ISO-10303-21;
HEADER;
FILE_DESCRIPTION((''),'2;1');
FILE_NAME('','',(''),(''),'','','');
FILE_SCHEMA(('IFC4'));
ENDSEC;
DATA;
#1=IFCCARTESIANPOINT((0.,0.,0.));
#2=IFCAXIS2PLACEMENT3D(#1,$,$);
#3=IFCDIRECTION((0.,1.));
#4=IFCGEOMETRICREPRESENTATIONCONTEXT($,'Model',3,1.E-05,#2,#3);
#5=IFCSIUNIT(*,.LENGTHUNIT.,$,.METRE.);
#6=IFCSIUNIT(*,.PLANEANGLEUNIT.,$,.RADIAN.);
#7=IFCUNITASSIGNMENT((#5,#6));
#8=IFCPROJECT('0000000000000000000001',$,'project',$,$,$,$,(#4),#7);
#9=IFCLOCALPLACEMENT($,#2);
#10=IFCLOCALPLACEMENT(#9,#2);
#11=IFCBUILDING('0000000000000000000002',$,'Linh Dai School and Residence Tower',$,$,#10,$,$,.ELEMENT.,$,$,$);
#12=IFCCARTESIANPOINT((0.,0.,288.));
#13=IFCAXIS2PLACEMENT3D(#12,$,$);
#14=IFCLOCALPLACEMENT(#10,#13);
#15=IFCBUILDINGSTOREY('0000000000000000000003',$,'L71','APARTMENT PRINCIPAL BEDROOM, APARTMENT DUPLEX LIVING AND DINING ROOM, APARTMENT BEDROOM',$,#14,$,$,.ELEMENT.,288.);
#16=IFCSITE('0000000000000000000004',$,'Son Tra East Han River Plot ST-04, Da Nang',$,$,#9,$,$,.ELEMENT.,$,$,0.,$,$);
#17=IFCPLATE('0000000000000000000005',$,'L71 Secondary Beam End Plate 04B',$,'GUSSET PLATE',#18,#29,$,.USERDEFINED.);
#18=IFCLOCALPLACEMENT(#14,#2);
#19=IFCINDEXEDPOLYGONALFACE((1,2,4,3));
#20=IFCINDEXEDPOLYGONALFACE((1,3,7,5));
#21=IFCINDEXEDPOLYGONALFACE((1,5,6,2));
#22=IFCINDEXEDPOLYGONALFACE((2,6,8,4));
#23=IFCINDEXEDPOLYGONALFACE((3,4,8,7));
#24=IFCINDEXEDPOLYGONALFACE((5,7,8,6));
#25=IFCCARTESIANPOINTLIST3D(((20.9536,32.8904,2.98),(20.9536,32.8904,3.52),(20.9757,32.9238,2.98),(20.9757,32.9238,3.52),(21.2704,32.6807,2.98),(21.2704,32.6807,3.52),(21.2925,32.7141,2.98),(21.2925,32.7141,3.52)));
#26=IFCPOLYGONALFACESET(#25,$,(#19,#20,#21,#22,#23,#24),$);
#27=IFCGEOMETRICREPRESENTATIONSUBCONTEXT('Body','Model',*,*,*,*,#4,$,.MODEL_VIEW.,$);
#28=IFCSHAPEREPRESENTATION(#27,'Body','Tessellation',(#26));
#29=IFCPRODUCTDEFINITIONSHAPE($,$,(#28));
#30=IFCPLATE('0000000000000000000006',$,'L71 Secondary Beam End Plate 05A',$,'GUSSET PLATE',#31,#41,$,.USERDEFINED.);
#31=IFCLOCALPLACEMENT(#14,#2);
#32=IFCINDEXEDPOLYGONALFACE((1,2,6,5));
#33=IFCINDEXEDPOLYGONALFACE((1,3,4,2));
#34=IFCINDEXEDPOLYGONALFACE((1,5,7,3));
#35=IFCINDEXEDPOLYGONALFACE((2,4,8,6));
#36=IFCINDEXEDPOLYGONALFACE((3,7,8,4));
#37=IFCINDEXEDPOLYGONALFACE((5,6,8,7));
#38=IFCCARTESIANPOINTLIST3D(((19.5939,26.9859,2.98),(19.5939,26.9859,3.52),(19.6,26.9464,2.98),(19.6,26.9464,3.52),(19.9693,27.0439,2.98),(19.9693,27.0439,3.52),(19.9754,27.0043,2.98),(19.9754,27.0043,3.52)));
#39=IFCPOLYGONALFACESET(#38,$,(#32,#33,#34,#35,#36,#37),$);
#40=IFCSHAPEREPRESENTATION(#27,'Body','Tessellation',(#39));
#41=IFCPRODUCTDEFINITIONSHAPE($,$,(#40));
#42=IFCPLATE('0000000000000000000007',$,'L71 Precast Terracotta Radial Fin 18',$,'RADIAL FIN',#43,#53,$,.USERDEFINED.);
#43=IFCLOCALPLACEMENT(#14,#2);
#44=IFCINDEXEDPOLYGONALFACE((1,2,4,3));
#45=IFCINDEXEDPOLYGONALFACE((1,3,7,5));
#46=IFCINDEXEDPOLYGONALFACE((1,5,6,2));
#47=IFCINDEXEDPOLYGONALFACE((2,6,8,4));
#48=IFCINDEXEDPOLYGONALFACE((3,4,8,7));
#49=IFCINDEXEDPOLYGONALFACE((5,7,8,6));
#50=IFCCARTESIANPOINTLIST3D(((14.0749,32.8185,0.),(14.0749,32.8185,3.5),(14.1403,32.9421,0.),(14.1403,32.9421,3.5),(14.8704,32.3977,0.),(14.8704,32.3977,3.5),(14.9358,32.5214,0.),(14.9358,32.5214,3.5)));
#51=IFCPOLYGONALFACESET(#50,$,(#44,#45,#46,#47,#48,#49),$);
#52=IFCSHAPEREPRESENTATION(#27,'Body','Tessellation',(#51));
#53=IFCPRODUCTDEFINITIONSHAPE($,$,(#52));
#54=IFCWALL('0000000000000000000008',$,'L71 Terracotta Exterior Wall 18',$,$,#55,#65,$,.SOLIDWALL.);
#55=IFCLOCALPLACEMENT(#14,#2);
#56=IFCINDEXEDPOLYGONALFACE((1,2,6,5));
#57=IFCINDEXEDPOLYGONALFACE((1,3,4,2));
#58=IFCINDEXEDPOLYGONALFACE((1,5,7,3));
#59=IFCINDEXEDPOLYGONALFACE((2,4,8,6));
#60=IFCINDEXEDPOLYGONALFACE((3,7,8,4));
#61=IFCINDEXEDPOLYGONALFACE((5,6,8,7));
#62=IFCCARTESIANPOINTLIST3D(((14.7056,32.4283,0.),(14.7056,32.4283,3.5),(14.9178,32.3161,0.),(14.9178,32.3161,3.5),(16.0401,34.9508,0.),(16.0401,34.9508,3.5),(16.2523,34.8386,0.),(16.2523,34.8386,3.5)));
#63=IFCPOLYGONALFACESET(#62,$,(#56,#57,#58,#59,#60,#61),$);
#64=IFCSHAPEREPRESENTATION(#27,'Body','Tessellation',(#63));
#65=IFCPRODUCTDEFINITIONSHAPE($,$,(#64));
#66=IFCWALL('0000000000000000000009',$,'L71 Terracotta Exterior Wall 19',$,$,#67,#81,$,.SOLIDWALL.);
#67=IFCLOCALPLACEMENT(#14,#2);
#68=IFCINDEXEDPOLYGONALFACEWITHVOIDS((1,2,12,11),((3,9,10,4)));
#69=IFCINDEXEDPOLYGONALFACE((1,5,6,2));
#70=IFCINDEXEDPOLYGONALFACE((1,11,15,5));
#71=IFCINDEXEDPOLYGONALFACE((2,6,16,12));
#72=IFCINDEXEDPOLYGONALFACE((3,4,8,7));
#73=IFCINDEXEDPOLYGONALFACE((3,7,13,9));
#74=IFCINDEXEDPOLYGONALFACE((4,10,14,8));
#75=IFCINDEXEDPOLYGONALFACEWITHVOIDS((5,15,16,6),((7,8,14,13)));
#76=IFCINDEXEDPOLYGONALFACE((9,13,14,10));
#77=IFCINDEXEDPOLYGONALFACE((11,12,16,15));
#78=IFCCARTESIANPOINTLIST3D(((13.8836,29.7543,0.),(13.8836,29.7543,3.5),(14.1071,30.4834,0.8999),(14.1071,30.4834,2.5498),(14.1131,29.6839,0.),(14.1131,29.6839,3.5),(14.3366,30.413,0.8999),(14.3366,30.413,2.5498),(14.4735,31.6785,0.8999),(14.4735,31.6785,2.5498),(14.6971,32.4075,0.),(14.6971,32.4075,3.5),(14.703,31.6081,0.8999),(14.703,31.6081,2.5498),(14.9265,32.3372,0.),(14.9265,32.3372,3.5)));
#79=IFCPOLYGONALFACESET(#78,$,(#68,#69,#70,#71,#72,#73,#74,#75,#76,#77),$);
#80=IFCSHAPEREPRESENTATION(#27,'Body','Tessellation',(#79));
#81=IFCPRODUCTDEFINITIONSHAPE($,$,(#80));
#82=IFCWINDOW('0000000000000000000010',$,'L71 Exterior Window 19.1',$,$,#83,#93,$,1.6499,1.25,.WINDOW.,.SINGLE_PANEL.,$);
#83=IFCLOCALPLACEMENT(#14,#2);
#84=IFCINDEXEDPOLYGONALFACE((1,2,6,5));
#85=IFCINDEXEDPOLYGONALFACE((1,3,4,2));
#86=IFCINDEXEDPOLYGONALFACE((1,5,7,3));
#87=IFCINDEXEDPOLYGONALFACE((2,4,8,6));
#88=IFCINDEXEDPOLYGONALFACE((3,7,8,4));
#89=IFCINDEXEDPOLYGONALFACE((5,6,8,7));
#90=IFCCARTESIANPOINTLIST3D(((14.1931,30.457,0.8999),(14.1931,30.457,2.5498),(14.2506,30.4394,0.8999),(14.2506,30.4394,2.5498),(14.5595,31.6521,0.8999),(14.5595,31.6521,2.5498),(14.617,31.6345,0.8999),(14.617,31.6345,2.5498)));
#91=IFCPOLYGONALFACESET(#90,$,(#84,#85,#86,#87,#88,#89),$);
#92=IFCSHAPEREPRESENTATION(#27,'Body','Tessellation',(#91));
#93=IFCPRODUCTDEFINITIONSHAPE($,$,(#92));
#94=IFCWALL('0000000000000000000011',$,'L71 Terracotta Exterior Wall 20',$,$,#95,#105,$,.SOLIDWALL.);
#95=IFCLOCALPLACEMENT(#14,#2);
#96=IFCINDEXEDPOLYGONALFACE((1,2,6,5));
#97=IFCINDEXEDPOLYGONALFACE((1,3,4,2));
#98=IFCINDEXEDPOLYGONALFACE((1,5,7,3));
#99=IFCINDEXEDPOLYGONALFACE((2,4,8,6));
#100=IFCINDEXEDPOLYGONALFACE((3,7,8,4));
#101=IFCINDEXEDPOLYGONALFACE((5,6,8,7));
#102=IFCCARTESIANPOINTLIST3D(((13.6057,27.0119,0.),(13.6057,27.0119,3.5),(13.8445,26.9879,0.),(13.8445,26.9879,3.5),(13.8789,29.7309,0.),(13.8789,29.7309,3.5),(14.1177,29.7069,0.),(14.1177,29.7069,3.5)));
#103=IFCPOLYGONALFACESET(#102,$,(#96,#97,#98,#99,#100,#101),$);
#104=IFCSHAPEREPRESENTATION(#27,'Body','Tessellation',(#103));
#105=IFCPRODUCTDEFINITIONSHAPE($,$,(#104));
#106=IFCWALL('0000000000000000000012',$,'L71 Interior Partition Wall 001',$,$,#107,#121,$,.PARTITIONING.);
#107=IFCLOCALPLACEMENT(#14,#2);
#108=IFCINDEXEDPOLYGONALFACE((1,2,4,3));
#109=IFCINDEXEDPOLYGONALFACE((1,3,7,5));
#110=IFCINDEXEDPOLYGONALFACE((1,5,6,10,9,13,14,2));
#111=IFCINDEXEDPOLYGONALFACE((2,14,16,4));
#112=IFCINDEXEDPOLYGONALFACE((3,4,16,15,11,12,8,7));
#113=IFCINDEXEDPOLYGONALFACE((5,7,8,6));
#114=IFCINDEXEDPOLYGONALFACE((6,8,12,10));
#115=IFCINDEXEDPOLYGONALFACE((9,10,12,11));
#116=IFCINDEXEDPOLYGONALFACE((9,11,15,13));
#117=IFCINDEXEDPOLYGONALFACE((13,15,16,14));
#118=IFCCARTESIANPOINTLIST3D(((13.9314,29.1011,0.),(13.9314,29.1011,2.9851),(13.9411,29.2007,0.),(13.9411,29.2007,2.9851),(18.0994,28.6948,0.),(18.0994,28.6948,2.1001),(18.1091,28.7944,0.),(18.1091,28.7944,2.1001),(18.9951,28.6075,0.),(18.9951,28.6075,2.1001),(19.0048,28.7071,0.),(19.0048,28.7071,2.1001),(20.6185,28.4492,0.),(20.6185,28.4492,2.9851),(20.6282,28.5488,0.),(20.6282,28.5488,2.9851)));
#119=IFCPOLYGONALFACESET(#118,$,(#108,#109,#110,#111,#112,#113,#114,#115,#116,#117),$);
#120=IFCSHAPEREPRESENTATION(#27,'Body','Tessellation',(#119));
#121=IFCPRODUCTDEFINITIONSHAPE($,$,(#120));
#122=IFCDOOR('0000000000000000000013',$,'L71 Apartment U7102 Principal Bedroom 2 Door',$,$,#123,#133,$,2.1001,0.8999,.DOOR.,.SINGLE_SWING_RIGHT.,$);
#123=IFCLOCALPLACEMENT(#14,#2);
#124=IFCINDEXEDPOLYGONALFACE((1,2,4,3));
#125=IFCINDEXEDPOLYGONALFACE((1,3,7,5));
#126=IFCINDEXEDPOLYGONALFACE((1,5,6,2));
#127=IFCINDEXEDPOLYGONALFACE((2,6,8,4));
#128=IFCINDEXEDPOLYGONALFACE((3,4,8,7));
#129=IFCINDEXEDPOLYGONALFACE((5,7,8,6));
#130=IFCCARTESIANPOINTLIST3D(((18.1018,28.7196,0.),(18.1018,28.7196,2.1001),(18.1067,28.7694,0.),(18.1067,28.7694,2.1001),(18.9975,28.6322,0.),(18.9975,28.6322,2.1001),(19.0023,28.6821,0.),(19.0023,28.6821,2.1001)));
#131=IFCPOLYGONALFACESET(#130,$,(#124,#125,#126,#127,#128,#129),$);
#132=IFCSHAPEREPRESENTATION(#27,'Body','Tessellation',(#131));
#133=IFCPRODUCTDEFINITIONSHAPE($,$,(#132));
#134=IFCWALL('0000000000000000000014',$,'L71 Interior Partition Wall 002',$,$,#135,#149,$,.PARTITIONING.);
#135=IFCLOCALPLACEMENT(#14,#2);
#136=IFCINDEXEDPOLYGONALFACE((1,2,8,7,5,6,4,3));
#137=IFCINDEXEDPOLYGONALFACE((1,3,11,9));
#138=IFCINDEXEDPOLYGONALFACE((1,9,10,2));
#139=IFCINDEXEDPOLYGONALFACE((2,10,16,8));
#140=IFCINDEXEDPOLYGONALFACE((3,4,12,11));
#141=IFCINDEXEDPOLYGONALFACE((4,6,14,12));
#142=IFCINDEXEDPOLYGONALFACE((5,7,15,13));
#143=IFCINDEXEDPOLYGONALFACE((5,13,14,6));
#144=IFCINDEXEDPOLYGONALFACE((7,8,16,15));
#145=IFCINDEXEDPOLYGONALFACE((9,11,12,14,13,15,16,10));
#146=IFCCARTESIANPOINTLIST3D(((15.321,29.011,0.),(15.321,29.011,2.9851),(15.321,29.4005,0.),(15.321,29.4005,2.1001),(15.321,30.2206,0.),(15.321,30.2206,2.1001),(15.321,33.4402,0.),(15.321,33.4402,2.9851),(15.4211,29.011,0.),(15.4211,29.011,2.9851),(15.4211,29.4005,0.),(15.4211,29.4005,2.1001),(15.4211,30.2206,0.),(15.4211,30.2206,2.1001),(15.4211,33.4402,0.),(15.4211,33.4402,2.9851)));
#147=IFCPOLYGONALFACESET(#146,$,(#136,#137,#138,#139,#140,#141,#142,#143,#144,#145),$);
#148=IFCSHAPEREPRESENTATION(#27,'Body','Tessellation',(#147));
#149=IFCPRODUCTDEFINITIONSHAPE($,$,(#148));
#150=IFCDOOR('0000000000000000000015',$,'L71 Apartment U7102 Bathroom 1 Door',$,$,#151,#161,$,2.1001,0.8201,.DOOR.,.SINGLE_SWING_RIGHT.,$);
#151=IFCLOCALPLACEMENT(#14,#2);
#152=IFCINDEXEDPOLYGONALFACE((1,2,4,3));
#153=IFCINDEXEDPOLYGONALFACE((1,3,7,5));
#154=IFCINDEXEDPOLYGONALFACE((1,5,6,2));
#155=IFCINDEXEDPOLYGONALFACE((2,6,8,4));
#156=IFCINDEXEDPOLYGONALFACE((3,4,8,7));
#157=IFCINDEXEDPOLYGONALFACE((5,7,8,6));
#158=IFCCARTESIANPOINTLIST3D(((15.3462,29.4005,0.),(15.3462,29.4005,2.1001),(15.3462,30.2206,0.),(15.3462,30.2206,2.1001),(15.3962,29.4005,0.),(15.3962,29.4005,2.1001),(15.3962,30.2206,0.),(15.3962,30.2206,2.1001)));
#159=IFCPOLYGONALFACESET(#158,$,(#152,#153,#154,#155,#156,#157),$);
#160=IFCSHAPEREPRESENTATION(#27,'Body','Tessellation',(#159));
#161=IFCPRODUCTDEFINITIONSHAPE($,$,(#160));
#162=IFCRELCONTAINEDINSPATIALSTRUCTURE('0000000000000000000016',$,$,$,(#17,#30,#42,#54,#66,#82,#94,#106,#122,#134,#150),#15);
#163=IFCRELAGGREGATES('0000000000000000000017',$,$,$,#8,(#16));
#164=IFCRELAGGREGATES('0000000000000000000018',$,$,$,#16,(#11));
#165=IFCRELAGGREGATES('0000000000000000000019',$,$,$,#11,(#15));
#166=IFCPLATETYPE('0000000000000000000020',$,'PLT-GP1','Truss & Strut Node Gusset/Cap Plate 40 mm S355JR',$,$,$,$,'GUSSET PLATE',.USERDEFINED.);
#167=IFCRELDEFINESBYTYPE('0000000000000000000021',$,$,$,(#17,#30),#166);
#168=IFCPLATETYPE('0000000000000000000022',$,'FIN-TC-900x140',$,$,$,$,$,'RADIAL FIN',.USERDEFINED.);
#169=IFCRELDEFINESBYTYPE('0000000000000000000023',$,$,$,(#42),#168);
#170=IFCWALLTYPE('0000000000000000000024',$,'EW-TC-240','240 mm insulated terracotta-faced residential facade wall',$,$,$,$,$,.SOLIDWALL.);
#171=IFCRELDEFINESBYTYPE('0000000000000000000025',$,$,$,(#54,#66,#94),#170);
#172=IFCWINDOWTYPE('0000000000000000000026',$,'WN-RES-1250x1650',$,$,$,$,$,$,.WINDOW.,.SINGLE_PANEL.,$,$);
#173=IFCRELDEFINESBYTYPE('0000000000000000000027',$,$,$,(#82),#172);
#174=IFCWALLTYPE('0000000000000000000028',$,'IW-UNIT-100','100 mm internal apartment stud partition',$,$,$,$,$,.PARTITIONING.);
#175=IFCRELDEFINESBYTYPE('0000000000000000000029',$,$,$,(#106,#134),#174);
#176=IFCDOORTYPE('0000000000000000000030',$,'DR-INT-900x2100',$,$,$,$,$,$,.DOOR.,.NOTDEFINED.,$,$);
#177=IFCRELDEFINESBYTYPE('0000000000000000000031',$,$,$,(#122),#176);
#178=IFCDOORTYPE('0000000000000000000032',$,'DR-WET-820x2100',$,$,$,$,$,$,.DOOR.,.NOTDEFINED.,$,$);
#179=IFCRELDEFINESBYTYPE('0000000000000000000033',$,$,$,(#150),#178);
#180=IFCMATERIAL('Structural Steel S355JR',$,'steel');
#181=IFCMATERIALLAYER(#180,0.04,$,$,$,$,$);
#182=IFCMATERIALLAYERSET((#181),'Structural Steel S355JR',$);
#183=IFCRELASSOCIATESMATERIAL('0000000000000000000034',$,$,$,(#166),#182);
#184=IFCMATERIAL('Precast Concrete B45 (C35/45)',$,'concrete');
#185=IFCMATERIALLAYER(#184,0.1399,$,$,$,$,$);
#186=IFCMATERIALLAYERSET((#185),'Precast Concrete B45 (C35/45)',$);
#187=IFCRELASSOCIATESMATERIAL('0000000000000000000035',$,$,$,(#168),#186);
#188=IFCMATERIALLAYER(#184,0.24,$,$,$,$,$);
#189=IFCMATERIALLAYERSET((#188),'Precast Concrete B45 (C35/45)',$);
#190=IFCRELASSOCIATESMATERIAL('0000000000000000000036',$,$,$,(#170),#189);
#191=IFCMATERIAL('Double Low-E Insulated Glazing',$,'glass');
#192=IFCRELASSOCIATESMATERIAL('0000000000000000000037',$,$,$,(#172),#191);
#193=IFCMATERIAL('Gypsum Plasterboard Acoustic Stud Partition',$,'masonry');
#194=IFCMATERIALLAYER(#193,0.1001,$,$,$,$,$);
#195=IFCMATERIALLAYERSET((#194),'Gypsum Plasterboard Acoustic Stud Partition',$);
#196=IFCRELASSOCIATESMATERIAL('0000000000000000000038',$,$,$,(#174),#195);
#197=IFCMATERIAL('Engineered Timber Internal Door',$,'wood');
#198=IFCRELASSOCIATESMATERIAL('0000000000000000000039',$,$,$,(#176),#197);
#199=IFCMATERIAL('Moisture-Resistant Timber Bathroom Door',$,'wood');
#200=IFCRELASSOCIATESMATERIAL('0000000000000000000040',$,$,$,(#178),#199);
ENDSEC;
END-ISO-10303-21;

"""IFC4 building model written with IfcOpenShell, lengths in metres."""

from ifc_helpers import new_model, si_unit, direction, frame, frame_2d, origin, origin_2d, place, context, subcontext, project, spatial, rectangle, extrude, source, transform, mapped, material, layer, layer_set, type_object, element, fill, save


model = new_model("IFC4")

# Units and contexts
model_context = context("Model", 3, precision=1e-05, world=origin(), true_north=direction((0.0, 1.0)))
body_context = subcontext(model_context, "Body", "Model", "MODEL_VIEW")
ifc_project = project(units=[si_unit("LENGTHUNIT", "METRE"), si_unit("PLANEANGLEUNIT", "RADIAN")], contexts=[model_context])

# Site, building, storey
site_placement = place(None, origin())
site = spatial("IfcSite", under=ifc_project, at=site_placement, Name="Son Tra East Han River Plot ST-04, Da Nang", CompositionType="ELEMENT", RefElevation=0.0)
building_placement = place(site_placement, origin())
building = spatial("IfcBuilding", under=site, at=building_placement, Name="Linh Dai School and Residence Tower", CompositionType="ELEMENT")
storey_placement = place(building_placement, frame((0.0, 0.0, 288.0)))
storey = spatial("IfcBuildingStorey", under=building, at=storey_placement, Name="L71", Description="APARTMENT PRINCIPAL BEDROOM, APARTMENT DUPLEX LIVING AND DINING ROOM, APARTMENT BEDROOM", CompositionType="ELEMENT", Elevation=288.0)

# Shared definitions
ifc_material_1 = material(Name="Structural Steel S355JR", Category="steel")

# Plates
ifc_layer_1 = layer(ifc_material_1, 0.04)
ifc_layer_set_1 = layer_set([ifc_layer_1], Name="Structural Steel S355JR")
plate_type_1 = type_object("IfcPlateType", Name="PLT-GP1", Description="Truss & Strut Node Gusset/Cap Plate 40 mm S355JR", ElementType="GUSSET PLATE", PredefinedType="USERDEFINED", material=ifc_layer_set_1)
shared_shape_1 = source(origin(), body_context, "Body", "SweptSolid", [
    extrude(rectangle(XDim=0.04, YDim=0.3799, at=origin_2d()), origin(), (0.0, 0.0, 1.0), 0.54),
])
for number, where, z_axis, x_axis, name in (
    (1, (21.123, 32.8022, 2.98), (0.0, 0.0, 1.0), (-0.552122, -0.833763, 0.0), "L71 Secondary Beam End Plate 04B"),
    (2, (19.7847, 26.9951, 2.98), (0.0, 0.0, 1.0), (0.152474, -0.988308, 0.0), "L71 Secondary Beam End Plate 05A"),
):
    element("IfcPlate", number, at=place(storey_placement, frame(where, z_axis=z_axis, x_axis=x_axis)), inside=storey, type_object=plate_type_1, Name=name, ObjectType="GUSSET PLATE", PredefinedType="USERDEFINED", context=body_context, shape_type="MappedRepresentation", body=[
        mapped(shared_shape_1, transform((0.0, 0.0, 0.0), x_axis=(1.0, 0.0, 0.0), y_axis=(0.0, 1.0, 0.0), z_axis=(0.0, 0.0, 1.0), scale=1.0)),
    ])
ifc_material_2 = material(Name="Precast Concrete B45 (C35/45)", Category="concrete")
ifc_layer_2 = layer(ifc_material_2, 0.1399)
ifc_layer_set_2 = layer_set([ifc_layer_2], Name="Precast Concrete B45 (C35/45)")
plate_type_2 = type_object("IfcPlateType", Name="FIN-TC-900x140", ElementType="RADIAL FIN", PredefinedType="USERDEFINED", material=ifc_layer_set_2)
shared_shape_2 = source(origin(), body_context, "Body", "SweptSolid", [
    extrude(rectangle(XDim=0.8999, YDim=0.1399, at=origin_2d()), origin(), (0.0, 0.0, 1.0), 3.5),
])
plate_placement = place(storey_placement, frame((14.5054, 32.6699, 0.0), z_axis=(0.0, 0.0, 1.0), x_axis=(-0.883938, 0.467604, 0.0)))
element("IfcPlate", 3, at=plate_placement, inside=storey, type_object=plate_type_2, Name="L71 Precast Terracotta Radial Fin 18", ObjectType="RADIAL FIN", PredefinedType="USERDEFINED", context=body_context, shape_type="MappedRepresentation", body=[
    mapped(shared_shape_2, transform((0.0, 0.0, 0.0), x_axis=(1.0, 0.0, 0.0), y_axis=(0.0, 1.0, 0.0), z_axis=(0.0, 0.0, 1.0), scale=1.0)),
])

# Wall
ifc_layer_3 = layer(ifc_material_2, 0.24)
ifc_layer_set_3 = layer_set([ifc_layer_3], Name="Precast Concrete B45 (C35/45)")
wall_type_1 = type_object("IfcWallType", Name="EW-TC-240", Description="240 mm insulated terracotta-faced residential facade wall", PredefinedType="SOLIDWALL", material=ifc_layer_set_3)
wall_1_placement = place(storey_placement, frame((14.8118, 32.3723, 0.0), z_axis=(0.0, 0.0, 1.0), x_axis=(0.467628, 0.883925, 0.0)))
element("IfcWall", 4, at=wall_1_placement, inside=storey, type_object=wall_type_1, Name="L71 Terracotta Exterior Wall 18", PredefinedType="SOLIDWALL", context=body_context, shape_type="SweptSolid", body=[
    extrude(rectangle(XDim=2.8538, YDim=0.24, at=frame_2d((1.4268, 0.0))), origin(), (0.0, 0.0, 1.0), 3.5),
])

# Wall, opening, window
wall_2_placement = place(storey_placement, frame((13.9983, 29.719, 0.0), z_axis=(0.0, 0.0, 1.0), x_axis=(0.293121, 0.956075, 0.0)))
wall_2 = element("IfcWall", 5, at=wall_2_placement, inside=storey, type_object=wall_type_1, Name="L71 Terracotta Exterior Wall 19", PredefinedType="SOLIDWALL", context=body_context, shape_type="SweptSolid", body=[
    extrude(rectangle(XDim=2.7751, YDim=0.24, at=frame_2d((1.3877, 0.0))), origin(), (0.0, 0.0, 1.0), 3.5),
])
opening_1_placement = place(wall_2_placement, frame((0.7627, 0.0, 0.8999)))
opening_1 = element("IfcOpeningElement", 6, at=opening_1_placement, cuts=wall_2, PredefinedType="OPENING", context=body_context, shape_type="SweptSolid", body=[
    extrude(rectangle(XDim=1.25, YDim=1.6499, at=origin_2d()), frame((0.625, 0.1299, 0.825), z_axis=(0.0, -1.0, 0.0), x_axis=(1.0, 0.0, 0.0)), (0.0, 0.0, 1.0), 0.26),
])
ifc_material_3 = material(Name="Double Low-E Insulated Glazing", Category="glass")
window_type = type_object("IfcWindowType", Name="WN-RES-1250x1650", PartitioningType="SINGLE_PANEL", PredefinedType="WINDOW", material=ifc_material_3)
shared_shape_3 = source(origin(), body_context, "Body", "SweptSolid", [
    extrude(rectangle(XDim=1.25, YDim=1.6499, at=origin_2d()), frame((0.625, 0.03, 0.825), z_axis=(0.0, -1.0, 0.0), x_axis=(1.0, 0.0, 0.0)), (0.0, 0.0, 1.0), 0.0601),
])
window_placement = place(opening_1_placement, origin())
window = element("IfcWindow", 7, at=window_placement, inside=storey, type_object=window_type, Name="L71 Exterior Window 19.1", OverallHeight=1.6499, OverallWidth=1.25, PartitioningType="SINGLE_PANEL", PredefinedType="WINDOW", context=body_context, shape_type="MappedRepresentation", body=[
    mapped(shared_shape_3, transform((0.0, 0.0, 0.0), x_axis=(1.0, 0.0, 0.0), y_axis=(0.0, 1.0, 0.0), z_axis=(0.0, 0.0, 1.0), scale=1.0)),
])
fill(opening_1, window)

# Wall
wall_3_placement = place(storey_placement, frame((13.7251, 27.0, 0.0), z_axis=(0.0, 0.0, 1.0), x_axis=(0.099973, 0.99499, 0.0)))
element("IfcWall", 8, at=wall_3_placement, inside=storey, type_object=wall_type_1, Name="L71 Terracotta Exterior Wall 20", PredefinedType="SOLIDWALL", context=body_context, shape_type="SweptSolid", body=[
    extrude(rectangle(XDim=2.7327, YDim=0.24, at=frame_2d((1.3662, 0.0))), origin(), (0.0, 0.0, 1.0), 3.5),
])

# Walls, openings, doors
ifc_material_4 = material(Name="Gypsum Plasterboard Acoustic Stud Partition", Category="masonry")
ifc_layer_4 = layer(ifc_material_4, 0.1001)
ifc_layer_set_4 = layer_set([ifc_layer_4], Name="Gypsum Plasterboard Acoustic Stud Partition")
wall_type_2 = type_object("IfcWallType", Name="IW-UNIT-100", Description="100 mm internal apartment stud partition", PredefinedType="PARTITIONING", material=ifc_layer_set_4)
wall_4_placement = place(storey_placement, frame((13.9363, 29.1509, 0.0), z_axis=(0.0, 0.0, 1.0), x_axis=(0.995282, -0.097021, 0.0)))
wall_4 = element("IfcWall", 9, at=wall_4_placement, inside=storey, type_object=wall_type_2, Name="L71 Interior Partition Wall 001", PredefinedType="PARTITIONING", context=body_context, shape_type="SweptSolid", body=[
    extrude(rectangle(XDim=6.7188, YDim=0.1001, at=frame_2d((3.3594, 0.0))), origin(), (0.0, 0.0, 1.0), 2.9851),
])
opening_2_placement = place(wall_4_placement, frame((4.1877, 0.0, 0.0)))
opening_2 = element("IfcOpeningElement", 10, at=opening_2_placement, cuts=wall_4, PredefinedType="OPENING", context=body_context, shape_type="SweptSolid", body=[
    extrude(rectangle(XDim=0.8999, YDim=2.1001, at=origin_2d()), frame((0.45, 0.0601, 1.05), z_axis=(0.0, -1.0, 0.0), x_axis=(1.0, 0.0, 0.0)), (0.0, 0.0, 1.0), 0.1201),
])
ifc_material_5 = material(Name="Engineered Timber Internal Door", Category="wood")
door_type_1 = type_object("IfcDoorType", Name="DR-INT-900x2100", OperationType="NOTDEFINED", PredefinedType="DOOR", material=ifc_material_5)
shared_shape_4 = source(origin(), body_context, "Body", "SweptSolid", [
    extrude(rectangle(XDim=0.8999, YDim=2.1001, at=origin_2d()), frame((0.45, 0.0249, 1.05), z_axis=(0.0, -1.0, 0.0), x_axis=(1.0, 0.0, 0.0)), (0.0, 0.0, 1.0), 0.05),
])
door_1_placement = place(opening_2_placement, origin())
door_1 = element("IfcDoor", 11, at=door_1_placement, inside=storey, type_object=door_type_1, Name="L71 Apartment U7102 Principal Bedroom 2 Door", OperationType="SINGLE_SWING_RIGHT", OverallHeight=2.1001, OverallWidth=0.8999, PredefinedType="DOOR", context=body_context, shape_type="MappedRepresentation", body=[
    mapped(shared_shape_4, transform((0.0, 0.0, 0.0), x_axis=(1.0, 0.0, 0.0), y_axis=(0.0, 1.0, 0.0), z_axis=(0.0, 0.0, 1.0), scale=1.0)),
])
fill(opening_2, door_1)
wall_5_placement = place(storey_placement, frame((15.3711, 29.011, 0.0), z_axis=(0.0, 0.0, 1.0), x_axis=(0.0, 1.0, 0.0)))
wall_5 = element("IfcWall", 12, at=wall_5_placement, inside=storey, type_object=wall_type_2, Name="L71 Interior Partition Wall 002", PredefinedType="PARTITIONING", context=body_context, shape_type="SweptSolid", body=[
    extrude(rectangle(XDim=4.4292, YDim=0.1001, at=frame_2d((2.2146, 0.0))), origin(), (0.0, 0.0, 1.0), 2.9851),
])
opening_3_placement = place(wall_5_placement, frame((0.3894, 0.0, 0.0)))
opening_3 = element("IfcOpeningElement", 13, at=opening_3_placement, cuts=wall_5, PredefinedType="OPENING", context=body_context, shape_type="SweptSolid", body=[
    extrude(rectangle(XDim=0.8201, YDim=2.1001, at=origin_2d()), frame((0.4102, 0.0601, 1.05), z_axis=(0.0, -1.0, 0.0), x_axis=(1.0, 0.0, 0.0)), (0.0, 0.0, 1.0), 0.1201),
])
ifc_material_6 = material(Name="Moisture-Resistant Timber Bathroom Door", Category="wood")
door_type_2 = type_object("IfcDoorType", Name="DR-WET-820x2100", OperationType="NOTDEFINED", PredefinedType="DOOR", material=ifc_material_6)
shared_shape_5 = source(origin(), body_context, "Body", "SweptSolid", [
    extrude(rectangle(XDim=0.8201, YDim=2.1001, at=origin_2d()), frame((0.4102, 0.0249, 1.05), z_axis=(0.0, -1.0, 0.0), x_axis=(1.0, 0.0, 0.0)), (0.0, 0.0, 1.0), 0.05),
])
door_2_placement = place(opening_3_placement, origin())
door_2 = element("IfcDoor", 14, at=door_2_placement, inside=storey, type_object=door_type_2, Name="L71 Apartment U7102 Bathroom 1 Door", OperationType="SINGLE_SWING_RIGHT", OverallHeight=2.1001, OverallWidth=0.8201, PredefinedType="DOOR", context=body_context, shape_type="MappedRepresentation", body=[
    mapped(shared_shape_5, transform((0.0, 0.0, 0.0), x_axis=(1.0, 0.0, 0.0), y_axis=(0.0, 1.0, 0.0), z_axis=(0.0, 0.0, 1.0), scale=1.0)),
])
fill(opening_3, door_2)

save(model, "model.ifc")
